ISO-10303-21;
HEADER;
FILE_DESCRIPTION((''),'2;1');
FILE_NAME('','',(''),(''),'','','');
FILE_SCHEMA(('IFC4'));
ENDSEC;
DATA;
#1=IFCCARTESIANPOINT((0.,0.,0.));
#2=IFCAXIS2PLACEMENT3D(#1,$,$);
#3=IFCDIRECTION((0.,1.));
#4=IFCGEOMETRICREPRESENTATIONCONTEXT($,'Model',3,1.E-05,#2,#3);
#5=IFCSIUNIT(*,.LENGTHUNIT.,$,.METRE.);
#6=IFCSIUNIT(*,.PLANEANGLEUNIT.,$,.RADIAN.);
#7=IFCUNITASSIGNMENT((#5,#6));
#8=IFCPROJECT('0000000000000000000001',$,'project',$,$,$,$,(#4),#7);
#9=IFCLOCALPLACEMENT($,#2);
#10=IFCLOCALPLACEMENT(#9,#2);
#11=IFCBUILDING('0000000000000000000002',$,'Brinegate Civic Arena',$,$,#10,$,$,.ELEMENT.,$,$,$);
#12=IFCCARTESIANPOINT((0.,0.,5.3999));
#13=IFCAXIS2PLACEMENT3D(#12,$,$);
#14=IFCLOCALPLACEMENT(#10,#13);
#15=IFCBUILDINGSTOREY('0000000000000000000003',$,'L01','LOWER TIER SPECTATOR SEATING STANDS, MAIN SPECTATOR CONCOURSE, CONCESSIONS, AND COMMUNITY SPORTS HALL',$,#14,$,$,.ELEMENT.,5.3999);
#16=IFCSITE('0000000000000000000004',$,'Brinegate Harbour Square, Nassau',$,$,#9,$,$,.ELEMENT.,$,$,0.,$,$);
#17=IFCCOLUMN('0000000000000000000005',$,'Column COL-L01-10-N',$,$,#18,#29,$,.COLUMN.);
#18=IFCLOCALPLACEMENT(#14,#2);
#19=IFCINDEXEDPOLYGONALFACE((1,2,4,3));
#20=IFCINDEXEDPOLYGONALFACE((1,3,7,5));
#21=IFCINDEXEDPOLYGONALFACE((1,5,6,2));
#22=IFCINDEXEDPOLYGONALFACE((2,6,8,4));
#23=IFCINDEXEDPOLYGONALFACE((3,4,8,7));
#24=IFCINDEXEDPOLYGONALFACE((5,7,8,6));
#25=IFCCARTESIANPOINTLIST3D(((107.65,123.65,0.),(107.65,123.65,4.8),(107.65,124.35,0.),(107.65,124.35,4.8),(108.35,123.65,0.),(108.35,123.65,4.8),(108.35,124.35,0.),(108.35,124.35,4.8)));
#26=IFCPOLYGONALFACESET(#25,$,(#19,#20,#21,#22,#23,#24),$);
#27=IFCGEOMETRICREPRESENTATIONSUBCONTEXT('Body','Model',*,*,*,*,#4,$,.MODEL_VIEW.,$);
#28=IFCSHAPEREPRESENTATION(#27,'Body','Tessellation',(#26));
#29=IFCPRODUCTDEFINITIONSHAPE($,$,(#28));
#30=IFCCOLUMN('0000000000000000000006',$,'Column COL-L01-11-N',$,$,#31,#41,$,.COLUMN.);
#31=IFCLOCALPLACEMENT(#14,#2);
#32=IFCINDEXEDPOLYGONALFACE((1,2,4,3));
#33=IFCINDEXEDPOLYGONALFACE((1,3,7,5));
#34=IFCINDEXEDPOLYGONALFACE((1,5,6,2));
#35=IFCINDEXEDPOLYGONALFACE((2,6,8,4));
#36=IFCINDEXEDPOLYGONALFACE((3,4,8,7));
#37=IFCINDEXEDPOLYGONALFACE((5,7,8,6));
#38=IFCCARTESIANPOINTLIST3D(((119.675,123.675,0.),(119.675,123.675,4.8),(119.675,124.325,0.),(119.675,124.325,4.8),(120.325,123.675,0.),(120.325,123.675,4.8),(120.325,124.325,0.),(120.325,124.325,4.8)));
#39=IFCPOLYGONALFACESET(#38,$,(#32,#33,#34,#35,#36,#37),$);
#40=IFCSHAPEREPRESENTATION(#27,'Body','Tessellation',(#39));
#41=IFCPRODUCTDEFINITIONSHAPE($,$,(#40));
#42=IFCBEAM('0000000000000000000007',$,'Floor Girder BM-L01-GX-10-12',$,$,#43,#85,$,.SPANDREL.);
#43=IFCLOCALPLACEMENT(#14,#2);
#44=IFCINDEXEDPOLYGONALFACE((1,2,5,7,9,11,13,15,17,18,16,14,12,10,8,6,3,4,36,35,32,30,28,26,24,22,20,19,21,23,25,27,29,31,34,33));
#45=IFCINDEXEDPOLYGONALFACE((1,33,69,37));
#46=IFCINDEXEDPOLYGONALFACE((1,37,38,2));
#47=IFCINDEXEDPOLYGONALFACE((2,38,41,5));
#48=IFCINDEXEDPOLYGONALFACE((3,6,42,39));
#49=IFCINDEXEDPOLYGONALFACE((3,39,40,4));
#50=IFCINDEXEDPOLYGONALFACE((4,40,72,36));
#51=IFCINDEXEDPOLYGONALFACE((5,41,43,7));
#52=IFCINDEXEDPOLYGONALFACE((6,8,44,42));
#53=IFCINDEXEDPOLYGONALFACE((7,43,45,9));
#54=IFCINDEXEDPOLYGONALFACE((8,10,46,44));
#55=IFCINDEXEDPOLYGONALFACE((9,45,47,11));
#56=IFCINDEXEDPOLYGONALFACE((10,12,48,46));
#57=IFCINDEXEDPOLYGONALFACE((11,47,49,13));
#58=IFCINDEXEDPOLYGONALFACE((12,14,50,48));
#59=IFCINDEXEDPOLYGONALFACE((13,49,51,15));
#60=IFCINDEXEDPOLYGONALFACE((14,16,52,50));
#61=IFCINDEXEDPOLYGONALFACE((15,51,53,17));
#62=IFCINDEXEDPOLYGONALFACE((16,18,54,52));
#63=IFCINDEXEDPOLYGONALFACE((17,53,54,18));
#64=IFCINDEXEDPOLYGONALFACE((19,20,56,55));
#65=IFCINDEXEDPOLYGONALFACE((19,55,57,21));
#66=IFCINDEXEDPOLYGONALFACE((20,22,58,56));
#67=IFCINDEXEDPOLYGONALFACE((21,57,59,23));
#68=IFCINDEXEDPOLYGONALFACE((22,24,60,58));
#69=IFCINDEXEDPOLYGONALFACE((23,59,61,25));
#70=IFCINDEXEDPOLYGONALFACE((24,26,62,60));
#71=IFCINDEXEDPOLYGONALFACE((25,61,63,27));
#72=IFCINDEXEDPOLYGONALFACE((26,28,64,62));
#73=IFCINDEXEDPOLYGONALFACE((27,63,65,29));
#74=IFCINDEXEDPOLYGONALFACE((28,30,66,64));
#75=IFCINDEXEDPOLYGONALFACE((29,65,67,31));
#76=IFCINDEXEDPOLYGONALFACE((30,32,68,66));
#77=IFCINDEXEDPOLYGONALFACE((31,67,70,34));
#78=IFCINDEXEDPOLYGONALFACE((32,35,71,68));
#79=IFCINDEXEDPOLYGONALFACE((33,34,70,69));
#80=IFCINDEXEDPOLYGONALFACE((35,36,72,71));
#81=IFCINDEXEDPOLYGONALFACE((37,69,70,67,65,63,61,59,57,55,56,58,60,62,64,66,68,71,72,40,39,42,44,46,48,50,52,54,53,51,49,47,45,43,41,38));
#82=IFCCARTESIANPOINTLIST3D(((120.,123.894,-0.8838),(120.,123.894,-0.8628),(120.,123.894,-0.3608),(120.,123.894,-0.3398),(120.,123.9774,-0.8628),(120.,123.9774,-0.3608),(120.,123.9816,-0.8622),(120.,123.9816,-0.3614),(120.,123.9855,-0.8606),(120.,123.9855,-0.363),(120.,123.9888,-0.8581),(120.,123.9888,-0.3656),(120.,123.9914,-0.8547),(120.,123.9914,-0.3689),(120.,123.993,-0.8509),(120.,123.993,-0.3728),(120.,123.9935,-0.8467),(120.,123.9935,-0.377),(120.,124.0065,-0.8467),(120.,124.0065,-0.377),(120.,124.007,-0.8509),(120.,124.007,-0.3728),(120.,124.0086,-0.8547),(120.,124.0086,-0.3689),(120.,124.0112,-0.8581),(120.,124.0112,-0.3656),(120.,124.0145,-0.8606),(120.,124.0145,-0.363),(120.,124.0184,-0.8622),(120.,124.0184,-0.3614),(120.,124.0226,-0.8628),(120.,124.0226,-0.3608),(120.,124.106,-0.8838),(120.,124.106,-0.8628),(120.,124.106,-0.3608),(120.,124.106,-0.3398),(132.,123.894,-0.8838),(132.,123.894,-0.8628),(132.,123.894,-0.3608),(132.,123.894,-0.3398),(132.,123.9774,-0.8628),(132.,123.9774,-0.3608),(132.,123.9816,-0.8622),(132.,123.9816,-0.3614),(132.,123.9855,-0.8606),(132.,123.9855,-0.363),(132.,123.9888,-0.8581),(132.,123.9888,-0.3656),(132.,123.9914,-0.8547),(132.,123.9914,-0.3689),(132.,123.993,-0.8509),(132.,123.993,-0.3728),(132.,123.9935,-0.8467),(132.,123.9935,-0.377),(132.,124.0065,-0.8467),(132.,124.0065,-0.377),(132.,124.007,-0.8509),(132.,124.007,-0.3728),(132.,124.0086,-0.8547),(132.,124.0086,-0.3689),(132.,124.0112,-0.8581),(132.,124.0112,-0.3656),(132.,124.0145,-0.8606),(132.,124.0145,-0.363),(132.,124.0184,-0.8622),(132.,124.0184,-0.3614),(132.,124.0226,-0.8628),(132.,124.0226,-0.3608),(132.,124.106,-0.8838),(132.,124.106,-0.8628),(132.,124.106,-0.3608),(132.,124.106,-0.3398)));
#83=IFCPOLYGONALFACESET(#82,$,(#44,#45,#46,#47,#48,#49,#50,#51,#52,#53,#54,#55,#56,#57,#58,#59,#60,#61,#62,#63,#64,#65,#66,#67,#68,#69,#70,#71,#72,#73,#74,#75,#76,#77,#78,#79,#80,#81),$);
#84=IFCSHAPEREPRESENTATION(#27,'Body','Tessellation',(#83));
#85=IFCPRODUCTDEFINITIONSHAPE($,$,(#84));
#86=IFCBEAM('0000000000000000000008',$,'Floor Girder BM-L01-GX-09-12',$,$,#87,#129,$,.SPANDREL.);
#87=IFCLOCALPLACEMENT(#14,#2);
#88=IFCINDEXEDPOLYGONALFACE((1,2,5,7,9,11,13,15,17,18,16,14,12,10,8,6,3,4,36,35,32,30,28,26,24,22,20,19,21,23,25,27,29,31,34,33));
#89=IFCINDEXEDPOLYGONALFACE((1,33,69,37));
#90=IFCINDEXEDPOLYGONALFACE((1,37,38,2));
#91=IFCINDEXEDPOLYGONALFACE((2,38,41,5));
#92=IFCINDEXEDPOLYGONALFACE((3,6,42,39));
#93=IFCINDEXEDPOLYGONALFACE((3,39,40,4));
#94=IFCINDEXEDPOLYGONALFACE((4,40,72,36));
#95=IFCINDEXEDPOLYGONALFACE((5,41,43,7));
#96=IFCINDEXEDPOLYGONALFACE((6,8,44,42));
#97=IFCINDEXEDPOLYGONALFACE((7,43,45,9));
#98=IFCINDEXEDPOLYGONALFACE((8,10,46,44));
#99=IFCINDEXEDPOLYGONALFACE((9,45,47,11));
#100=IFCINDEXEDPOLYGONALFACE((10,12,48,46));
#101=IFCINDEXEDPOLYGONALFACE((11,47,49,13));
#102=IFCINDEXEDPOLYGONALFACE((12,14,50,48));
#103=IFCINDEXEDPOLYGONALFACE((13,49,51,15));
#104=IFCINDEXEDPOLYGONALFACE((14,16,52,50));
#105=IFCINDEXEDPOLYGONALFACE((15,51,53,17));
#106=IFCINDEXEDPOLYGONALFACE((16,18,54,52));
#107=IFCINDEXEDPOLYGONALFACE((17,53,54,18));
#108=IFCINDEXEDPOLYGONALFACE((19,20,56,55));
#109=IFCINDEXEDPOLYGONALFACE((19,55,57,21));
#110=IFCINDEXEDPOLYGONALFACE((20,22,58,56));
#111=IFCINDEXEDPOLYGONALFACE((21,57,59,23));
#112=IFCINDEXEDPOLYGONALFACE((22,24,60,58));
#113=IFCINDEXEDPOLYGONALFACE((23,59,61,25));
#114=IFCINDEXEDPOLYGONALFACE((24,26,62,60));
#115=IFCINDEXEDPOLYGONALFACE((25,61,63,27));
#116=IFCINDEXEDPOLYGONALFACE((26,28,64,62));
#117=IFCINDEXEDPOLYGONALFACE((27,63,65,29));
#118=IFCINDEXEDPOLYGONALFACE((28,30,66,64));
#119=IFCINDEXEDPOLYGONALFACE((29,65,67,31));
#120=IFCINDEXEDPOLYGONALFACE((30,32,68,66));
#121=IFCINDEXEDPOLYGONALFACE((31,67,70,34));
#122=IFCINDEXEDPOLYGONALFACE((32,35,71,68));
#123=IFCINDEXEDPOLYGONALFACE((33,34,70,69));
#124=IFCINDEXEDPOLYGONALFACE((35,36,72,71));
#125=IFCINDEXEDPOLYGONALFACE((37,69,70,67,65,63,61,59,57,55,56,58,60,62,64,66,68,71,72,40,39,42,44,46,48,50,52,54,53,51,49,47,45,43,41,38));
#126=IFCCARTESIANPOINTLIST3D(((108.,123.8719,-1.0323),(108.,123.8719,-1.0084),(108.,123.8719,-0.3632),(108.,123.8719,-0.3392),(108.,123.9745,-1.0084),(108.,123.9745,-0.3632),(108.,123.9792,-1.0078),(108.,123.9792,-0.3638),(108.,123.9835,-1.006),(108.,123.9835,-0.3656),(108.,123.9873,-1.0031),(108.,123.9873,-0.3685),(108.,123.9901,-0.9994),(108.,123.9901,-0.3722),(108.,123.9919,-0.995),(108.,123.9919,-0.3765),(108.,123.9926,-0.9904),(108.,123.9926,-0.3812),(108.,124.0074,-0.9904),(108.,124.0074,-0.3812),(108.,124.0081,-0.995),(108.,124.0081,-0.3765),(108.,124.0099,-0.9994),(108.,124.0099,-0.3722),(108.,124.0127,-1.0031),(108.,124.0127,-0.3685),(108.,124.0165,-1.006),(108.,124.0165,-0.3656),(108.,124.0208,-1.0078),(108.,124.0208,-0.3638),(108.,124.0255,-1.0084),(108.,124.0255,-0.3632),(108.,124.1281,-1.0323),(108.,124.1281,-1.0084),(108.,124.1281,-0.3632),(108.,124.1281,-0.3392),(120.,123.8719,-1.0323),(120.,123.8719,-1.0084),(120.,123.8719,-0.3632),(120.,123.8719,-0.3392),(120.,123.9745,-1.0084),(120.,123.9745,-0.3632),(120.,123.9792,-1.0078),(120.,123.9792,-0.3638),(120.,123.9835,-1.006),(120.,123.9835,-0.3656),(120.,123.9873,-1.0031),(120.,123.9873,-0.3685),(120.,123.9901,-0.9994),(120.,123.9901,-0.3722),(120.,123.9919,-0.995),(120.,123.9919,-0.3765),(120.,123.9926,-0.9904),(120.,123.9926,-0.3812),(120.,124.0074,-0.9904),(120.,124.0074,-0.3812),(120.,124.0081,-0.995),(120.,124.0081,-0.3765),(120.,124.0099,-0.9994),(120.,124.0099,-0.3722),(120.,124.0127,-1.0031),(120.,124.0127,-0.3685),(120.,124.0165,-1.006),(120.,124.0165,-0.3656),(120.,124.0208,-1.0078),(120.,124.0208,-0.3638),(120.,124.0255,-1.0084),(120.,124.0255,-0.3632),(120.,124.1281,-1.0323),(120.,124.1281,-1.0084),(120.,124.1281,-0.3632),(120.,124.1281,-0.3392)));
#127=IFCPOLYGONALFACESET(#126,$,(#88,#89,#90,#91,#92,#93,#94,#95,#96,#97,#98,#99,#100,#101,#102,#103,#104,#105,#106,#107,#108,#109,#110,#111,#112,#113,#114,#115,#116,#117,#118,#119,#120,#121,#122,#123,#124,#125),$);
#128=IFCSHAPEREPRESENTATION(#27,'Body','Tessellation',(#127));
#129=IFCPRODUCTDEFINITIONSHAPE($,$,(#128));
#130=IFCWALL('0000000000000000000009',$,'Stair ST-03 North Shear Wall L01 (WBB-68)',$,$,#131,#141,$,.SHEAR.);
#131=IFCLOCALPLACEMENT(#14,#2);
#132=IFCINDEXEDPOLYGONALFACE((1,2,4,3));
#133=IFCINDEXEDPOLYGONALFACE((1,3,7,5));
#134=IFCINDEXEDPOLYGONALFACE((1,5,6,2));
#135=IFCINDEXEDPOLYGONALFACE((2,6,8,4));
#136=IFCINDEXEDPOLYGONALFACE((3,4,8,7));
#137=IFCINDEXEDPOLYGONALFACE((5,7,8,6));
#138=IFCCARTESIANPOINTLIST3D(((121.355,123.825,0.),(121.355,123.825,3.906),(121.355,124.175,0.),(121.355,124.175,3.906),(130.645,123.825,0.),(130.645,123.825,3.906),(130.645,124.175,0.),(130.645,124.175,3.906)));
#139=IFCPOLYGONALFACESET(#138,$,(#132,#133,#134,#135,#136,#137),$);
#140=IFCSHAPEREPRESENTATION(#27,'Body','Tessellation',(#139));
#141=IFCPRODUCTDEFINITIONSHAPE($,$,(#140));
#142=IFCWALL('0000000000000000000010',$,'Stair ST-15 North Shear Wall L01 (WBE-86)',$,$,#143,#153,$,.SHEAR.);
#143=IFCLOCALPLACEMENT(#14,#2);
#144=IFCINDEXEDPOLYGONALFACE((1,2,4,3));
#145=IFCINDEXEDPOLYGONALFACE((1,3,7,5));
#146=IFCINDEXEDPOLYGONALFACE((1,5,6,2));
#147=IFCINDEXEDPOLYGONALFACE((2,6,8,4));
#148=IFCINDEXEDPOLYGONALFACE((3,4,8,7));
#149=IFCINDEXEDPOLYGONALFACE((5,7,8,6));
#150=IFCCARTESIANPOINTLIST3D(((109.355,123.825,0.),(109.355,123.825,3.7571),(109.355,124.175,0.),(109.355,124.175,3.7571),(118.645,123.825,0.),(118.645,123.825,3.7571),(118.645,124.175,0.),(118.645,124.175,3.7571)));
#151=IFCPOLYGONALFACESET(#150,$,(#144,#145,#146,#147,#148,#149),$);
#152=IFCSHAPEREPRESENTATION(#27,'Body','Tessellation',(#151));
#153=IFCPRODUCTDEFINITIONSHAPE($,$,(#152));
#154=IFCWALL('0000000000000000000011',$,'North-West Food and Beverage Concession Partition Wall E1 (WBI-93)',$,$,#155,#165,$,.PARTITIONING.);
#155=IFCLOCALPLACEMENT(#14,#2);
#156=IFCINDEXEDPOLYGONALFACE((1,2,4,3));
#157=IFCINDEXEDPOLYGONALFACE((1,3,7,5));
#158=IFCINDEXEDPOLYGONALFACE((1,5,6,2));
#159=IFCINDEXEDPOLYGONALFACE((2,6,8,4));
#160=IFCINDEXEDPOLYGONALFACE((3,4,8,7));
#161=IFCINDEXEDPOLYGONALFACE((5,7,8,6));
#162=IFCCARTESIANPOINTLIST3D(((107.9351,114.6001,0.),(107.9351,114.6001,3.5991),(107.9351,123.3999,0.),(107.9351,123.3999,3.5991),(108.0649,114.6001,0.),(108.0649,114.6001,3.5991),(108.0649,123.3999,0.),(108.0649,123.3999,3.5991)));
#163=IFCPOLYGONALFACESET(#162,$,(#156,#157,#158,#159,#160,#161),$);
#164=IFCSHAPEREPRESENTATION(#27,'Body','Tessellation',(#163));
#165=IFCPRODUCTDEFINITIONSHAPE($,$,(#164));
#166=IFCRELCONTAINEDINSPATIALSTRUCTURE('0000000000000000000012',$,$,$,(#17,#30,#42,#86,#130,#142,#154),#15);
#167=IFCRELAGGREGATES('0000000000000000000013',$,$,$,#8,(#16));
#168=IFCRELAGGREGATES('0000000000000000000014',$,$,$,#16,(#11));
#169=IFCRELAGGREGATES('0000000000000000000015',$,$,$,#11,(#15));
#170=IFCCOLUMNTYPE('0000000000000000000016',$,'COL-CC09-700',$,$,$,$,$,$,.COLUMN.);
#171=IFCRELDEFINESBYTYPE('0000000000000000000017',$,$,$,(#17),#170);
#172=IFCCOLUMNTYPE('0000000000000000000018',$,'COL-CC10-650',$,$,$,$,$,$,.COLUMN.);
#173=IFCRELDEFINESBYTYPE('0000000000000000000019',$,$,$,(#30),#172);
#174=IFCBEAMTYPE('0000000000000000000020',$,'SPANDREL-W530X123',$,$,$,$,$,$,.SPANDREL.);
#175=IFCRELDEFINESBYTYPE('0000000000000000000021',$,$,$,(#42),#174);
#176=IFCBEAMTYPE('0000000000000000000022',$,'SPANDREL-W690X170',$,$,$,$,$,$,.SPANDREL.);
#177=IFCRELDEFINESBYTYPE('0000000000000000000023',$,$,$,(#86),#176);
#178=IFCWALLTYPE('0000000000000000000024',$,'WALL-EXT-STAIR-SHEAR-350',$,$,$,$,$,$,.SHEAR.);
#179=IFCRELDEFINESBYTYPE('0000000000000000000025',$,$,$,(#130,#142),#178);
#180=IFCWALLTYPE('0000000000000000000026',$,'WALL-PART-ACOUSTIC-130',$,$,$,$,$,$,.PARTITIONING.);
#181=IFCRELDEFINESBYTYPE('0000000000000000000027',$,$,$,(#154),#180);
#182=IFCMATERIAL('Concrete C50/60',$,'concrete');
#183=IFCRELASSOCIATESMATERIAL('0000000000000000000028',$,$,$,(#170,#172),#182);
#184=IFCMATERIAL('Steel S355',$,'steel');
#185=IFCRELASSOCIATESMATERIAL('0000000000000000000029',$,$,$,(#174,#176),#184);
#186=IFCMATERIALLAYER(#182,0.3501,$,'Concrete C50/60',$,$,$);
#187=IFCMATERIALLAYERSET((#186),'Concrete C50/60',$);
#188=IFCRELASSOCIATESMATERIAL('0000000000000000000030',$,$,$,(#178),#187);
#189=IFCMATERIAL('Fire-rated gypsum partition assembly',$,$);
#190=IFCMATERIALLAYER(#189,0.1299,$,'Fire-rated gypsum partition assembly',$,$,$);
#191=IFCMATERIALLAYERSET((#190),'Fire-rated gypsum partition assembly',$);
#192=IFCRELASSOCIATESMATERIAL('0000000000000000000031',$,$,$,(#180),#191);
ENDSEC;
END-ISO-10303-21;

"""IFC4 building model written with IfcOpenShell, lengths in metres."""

from ifc_helpers import new_model, si_unit, direction, frame, frame_2d, origin, origin_2d, place, context, subcontext, project, spatial, rectangle, i_section, extrude, material, layer, layer_set, material_profile, profile_set, type_object, element, save


model = new_model("IFC4")

# Units and contexts
model_context = context("Model", 3, precision=1e-05, world=origin(), true_north=direction((0.0, 1.0)))
body_context = subcontext(model_context, "Body", "Model", "MODEL_VIEW")
ifc_project = project(units=[si_unit("LENGTHUNIT", "METRE"), si_unit("PLANEANGLEUNIT", "RADIAN")], contexts=[model_context])

# Site, building, storey
site_placement = place(None, origin())
site = spatial("IfcSite", under=ifc_project, at=site_placement, Name="Brinegate Harbour Square, Nassau", CompositionType="ELEMENT", RefElevation=0.0)
building_placement = place(site_placement, origin())
building = spatial("IfcBuilding", under=site, at=building_placement, Name="Brinegate Civic Arena", CompositionType="ELEMENT")
storey_placement = place(building_placement, frame((0.0, 0.0, 5.3999)))
storey = spatial("IfcBuildingStorey", under=building, at=storey_placement, Name="L01", Description="LOWER TIER SPECTATOR SEATING STANDS, MAIN SPECTATOR CONCOURSE, CONCESSIONS, AND COMMUNITY SPORTS HALL", CompositionType="ELEMENT", Elevation=5.3999)

# Columns
ifc_material_1 = material(Name="Concrete C50/60", Category="concrete")
ifc_material_profile_1 = material_profile(ifc_material_1, rectangle(XDim=0.7, YDim=0.7, at=origin_2d()), Name="RC700X700")
ifc_profile_set_1 = profile_set([ifc_material_profile_1], Name="Concrete C50/60")
column_type_1 = type_object("IfcColumnType", Name="COL-CC09-700", PredefinedType="COLUMN", material=ifc_profile_set_1)
column_1_placement = place(storey_placement, frame((108.0, 124.0, 0.0), z_axis=(0.0, 0.0, 1.0), x_axis=(1.0, 0.0, 0.0)))
element("IfcColumn", 1, at=column_1_placement, inside=storey, type_object=column_type_1, Name="Column COL-L01-10-N", PredefinedType="COLUMN", context=body_context, shape_type="SweptSolid", body=[
    extrude(rectangle(XDim=0.7, YDim=0.7, at=origin_2d()), origin(), (0.0, 0.0, 1.0), 4.8),
])
ifc_material_profile_2 = material_profile(ifc_material_1, rectangle(XDim=0.6499, YDim=0.6499, at=origin_2d()), Name="RC650X650")
ifc_profile_set_2 = profile_set([ifc_material_profile_2], Name="Concrete C50/60")
column_type_2 = type_object("IfcColumnType", Name="COL-CC10-650", PredefinedType="COLUMN", material=ifc_profile_set_2)
column_2_placement = place(storey_placement, frame((120.0, 124.0, 0.0), z_axis=(0.0, 0.0, 1.0), x_axis=(1.0, 0.0, 0.0)))
element("IfcColumn", 2, at=column_2_placement, inside=storey, type_object=column_type_2, Name="Column COL-L01-11-N", PredefinedType="COLUMN", context=body_context, shape_type="SweptSolid", body=[
    extrude(rectangle(XDim=0.6499, YDim=0.6499, at=origin_2d()), origin(), (0.0, 0.0, 1.0), 4.8),
])

# Beams
ifc_material_2 = material(Name="Steel S355", Category="steel")
ifc_material_profile_3 = material_profile(ifc_material_2, i_section(OverallWidth=0.2119, OverallDepth=0.5439, WebThickness=0.0129, FlangeThickness=0.021, FilletRadius=0.0161, at=origin_2d()), Name="W530X123")
ifc_profile_set_3 = profile_set([ifc_material_profile_3], Name="Steel S355")
beam_type_1 = type_object("IfcBeamType", Name="SPANDREL-W530X123", PredefinedType="SPANDREL", material=ifc_profile_set_3)
beam_1_placement = place(storey_placement, frame((120.0, 124.0, -0.6118), z_axis=(1.0, 0.0, 0.0), x_axis=(0.0, 1.0, 0.0)))
element("IfcBeam", 3, at=beam_1_placement, inside=storey, type_object=beam_type_1, Name="Floor Girder BM-L01-GX-10-12", PredefinedType="SPANDREL", context=body_context, shape_type="SweptSolid", body=[
    extrude(i_section(OverallWidth=0.2119, OverallDepth=0.5439, WebThickness=0.0129, FlangeThickness=0.021, FilletRadius=0.0161, at=origin_2d()), origin(), (0.0, 0.0, 1.0), 12.0),
])
ifc_material_profile_4 = material_profile(ifc_material_2, i_section(OverallWidth=0.2561, OverallDepth=0.6931, WebThickness=0.0149, FlangeThickness=0.0239, FilletRadius=0.0181, at=origin_2d()), Name="W690X170")
ifc_profile_set_4 = profile_set([ifc_material_profile_4], Name="Steel S355")
beam_type_2 = type_object("IfcBeamType", Name="SPANDREL-W690X170", PredefinedType="SPANDREL", material=ifc_profile_set_4)
beam_2_placement = place(storey_placement, frame((108.0, 124.0, -0.6858), z_axis=(1.0, 0.0, 0.0), x_axis=(0.0, 1.0, 0.0)))
element("IfcBeam", 4, at=beam_2_placement, inside=storey, type_object=beam_type_2, Name="Floor Girder BM-L01-GX-09-12", PredefinedType="SPANDREL", context=body_context, shape_type="SweptSolid", body=[
    extrude(i_section(OverallWidth=0.2561, OverallDepth=0.6931, WebThickness=0.0149, FlangeThickness=0.0239, FilletRadius=0.0181, at=origin_2d()), origin(), (0.0, 0.0, 1.0), 12.0),
])

# Walls
ifc_layer_1 = layer(ifc_material_1, 0.3501, Name="Concrete C50/60")
ifc_layer_set_1 = layer_set([ifc_layer_1], Name="Concrete C50/60")
wall_type_1 = type_object("IfcWallType", Name="WALL-EXT-STAIR-SHEAR-350", PredefinedType="SHEAR", material=ifc_layer_set_1)
wall_1_placement = place(storey_placement, frame((121.355, 124.0, 0.0), z_axis=(0.0, 0.0, 1.0), x_axis=(1.0, 0.0, 0.0)))
element("IfcWall", 5, at=wall_1_placement, inside=storey, type_object=wall_type_1, Name="Stair ST-03 North Shear Wall L01 (WBB-68)", PredefinedType="SHEAR", context=body_context, shape_type="SweptSolid", body=[
    extrude(rectangle(XDim=9.29, YDim=0.3501, at=frame_2d((4.645, 0.0))), origin(), (0.0, 0.0, 1.0), 3.906),
])
wall_2_placement = place(storey_placement, frame((109.355, 124.0, 0.0), z_axis=(0.0, 0.0, 1.0), x_axis=(1.0, 0.0, 0.0)))
element("IfcWall", 6, at=wall_2_placement, inside=storey, type_object=wall_type_1, Name="Stair ST-15 North Shear Wall L01 (WBE-86)", PredefinedType="SHEAR", context=body_context, shape_type="SweptSolid", body=[
    extrude(rectangle(XDim=9.29, YDim=0.3501, at=frame_2d((4.645, 0.0))), origin(), (0.0, 0.0, 1.0), 3.7571),
])
ifc_material_3 = material(Name="Fire-rated gypsum partition assembly")
ifc_layer_2 = layer(ifc_material_3, 0.1299, Name="Fire-rated gypsum partition assembly")
ifc_layer_set_2 = layer_set([ifc_layer_2], Name="Fire-rated gypsum partition assembly")
wall_type_2 = type_object("IfcWallType", Name="WALL-PART-ACOUSTIC-130", PredefinedType="PARTITIONING", material=ifc_layer_set_2)
wall_3_placement = place(storey_placement, frame((108.0, 123.3999, 0.0), z_axis=(0.0, 0.0, 1.0), x_axis=(0.0, -1.0, 0.0)))
element("IfcWall", 7, at=wall_3_placement, inside=storey, type_object=wall_type_2, Name="North-West Food and Beverage Concession Partition Wall E1 (WBI-93)", PredefinedType="PARTITIONING", context=body_context, shape_type="SweptSolid", body=[
    extrude(rectangle(XDim=8.7998, YDim=0.1299, at=frame_2d((4.3999, 0.0))), origin(), (0.0, 0.0, 1.0), 3.5991),
])

save(model, "model.ifc")
